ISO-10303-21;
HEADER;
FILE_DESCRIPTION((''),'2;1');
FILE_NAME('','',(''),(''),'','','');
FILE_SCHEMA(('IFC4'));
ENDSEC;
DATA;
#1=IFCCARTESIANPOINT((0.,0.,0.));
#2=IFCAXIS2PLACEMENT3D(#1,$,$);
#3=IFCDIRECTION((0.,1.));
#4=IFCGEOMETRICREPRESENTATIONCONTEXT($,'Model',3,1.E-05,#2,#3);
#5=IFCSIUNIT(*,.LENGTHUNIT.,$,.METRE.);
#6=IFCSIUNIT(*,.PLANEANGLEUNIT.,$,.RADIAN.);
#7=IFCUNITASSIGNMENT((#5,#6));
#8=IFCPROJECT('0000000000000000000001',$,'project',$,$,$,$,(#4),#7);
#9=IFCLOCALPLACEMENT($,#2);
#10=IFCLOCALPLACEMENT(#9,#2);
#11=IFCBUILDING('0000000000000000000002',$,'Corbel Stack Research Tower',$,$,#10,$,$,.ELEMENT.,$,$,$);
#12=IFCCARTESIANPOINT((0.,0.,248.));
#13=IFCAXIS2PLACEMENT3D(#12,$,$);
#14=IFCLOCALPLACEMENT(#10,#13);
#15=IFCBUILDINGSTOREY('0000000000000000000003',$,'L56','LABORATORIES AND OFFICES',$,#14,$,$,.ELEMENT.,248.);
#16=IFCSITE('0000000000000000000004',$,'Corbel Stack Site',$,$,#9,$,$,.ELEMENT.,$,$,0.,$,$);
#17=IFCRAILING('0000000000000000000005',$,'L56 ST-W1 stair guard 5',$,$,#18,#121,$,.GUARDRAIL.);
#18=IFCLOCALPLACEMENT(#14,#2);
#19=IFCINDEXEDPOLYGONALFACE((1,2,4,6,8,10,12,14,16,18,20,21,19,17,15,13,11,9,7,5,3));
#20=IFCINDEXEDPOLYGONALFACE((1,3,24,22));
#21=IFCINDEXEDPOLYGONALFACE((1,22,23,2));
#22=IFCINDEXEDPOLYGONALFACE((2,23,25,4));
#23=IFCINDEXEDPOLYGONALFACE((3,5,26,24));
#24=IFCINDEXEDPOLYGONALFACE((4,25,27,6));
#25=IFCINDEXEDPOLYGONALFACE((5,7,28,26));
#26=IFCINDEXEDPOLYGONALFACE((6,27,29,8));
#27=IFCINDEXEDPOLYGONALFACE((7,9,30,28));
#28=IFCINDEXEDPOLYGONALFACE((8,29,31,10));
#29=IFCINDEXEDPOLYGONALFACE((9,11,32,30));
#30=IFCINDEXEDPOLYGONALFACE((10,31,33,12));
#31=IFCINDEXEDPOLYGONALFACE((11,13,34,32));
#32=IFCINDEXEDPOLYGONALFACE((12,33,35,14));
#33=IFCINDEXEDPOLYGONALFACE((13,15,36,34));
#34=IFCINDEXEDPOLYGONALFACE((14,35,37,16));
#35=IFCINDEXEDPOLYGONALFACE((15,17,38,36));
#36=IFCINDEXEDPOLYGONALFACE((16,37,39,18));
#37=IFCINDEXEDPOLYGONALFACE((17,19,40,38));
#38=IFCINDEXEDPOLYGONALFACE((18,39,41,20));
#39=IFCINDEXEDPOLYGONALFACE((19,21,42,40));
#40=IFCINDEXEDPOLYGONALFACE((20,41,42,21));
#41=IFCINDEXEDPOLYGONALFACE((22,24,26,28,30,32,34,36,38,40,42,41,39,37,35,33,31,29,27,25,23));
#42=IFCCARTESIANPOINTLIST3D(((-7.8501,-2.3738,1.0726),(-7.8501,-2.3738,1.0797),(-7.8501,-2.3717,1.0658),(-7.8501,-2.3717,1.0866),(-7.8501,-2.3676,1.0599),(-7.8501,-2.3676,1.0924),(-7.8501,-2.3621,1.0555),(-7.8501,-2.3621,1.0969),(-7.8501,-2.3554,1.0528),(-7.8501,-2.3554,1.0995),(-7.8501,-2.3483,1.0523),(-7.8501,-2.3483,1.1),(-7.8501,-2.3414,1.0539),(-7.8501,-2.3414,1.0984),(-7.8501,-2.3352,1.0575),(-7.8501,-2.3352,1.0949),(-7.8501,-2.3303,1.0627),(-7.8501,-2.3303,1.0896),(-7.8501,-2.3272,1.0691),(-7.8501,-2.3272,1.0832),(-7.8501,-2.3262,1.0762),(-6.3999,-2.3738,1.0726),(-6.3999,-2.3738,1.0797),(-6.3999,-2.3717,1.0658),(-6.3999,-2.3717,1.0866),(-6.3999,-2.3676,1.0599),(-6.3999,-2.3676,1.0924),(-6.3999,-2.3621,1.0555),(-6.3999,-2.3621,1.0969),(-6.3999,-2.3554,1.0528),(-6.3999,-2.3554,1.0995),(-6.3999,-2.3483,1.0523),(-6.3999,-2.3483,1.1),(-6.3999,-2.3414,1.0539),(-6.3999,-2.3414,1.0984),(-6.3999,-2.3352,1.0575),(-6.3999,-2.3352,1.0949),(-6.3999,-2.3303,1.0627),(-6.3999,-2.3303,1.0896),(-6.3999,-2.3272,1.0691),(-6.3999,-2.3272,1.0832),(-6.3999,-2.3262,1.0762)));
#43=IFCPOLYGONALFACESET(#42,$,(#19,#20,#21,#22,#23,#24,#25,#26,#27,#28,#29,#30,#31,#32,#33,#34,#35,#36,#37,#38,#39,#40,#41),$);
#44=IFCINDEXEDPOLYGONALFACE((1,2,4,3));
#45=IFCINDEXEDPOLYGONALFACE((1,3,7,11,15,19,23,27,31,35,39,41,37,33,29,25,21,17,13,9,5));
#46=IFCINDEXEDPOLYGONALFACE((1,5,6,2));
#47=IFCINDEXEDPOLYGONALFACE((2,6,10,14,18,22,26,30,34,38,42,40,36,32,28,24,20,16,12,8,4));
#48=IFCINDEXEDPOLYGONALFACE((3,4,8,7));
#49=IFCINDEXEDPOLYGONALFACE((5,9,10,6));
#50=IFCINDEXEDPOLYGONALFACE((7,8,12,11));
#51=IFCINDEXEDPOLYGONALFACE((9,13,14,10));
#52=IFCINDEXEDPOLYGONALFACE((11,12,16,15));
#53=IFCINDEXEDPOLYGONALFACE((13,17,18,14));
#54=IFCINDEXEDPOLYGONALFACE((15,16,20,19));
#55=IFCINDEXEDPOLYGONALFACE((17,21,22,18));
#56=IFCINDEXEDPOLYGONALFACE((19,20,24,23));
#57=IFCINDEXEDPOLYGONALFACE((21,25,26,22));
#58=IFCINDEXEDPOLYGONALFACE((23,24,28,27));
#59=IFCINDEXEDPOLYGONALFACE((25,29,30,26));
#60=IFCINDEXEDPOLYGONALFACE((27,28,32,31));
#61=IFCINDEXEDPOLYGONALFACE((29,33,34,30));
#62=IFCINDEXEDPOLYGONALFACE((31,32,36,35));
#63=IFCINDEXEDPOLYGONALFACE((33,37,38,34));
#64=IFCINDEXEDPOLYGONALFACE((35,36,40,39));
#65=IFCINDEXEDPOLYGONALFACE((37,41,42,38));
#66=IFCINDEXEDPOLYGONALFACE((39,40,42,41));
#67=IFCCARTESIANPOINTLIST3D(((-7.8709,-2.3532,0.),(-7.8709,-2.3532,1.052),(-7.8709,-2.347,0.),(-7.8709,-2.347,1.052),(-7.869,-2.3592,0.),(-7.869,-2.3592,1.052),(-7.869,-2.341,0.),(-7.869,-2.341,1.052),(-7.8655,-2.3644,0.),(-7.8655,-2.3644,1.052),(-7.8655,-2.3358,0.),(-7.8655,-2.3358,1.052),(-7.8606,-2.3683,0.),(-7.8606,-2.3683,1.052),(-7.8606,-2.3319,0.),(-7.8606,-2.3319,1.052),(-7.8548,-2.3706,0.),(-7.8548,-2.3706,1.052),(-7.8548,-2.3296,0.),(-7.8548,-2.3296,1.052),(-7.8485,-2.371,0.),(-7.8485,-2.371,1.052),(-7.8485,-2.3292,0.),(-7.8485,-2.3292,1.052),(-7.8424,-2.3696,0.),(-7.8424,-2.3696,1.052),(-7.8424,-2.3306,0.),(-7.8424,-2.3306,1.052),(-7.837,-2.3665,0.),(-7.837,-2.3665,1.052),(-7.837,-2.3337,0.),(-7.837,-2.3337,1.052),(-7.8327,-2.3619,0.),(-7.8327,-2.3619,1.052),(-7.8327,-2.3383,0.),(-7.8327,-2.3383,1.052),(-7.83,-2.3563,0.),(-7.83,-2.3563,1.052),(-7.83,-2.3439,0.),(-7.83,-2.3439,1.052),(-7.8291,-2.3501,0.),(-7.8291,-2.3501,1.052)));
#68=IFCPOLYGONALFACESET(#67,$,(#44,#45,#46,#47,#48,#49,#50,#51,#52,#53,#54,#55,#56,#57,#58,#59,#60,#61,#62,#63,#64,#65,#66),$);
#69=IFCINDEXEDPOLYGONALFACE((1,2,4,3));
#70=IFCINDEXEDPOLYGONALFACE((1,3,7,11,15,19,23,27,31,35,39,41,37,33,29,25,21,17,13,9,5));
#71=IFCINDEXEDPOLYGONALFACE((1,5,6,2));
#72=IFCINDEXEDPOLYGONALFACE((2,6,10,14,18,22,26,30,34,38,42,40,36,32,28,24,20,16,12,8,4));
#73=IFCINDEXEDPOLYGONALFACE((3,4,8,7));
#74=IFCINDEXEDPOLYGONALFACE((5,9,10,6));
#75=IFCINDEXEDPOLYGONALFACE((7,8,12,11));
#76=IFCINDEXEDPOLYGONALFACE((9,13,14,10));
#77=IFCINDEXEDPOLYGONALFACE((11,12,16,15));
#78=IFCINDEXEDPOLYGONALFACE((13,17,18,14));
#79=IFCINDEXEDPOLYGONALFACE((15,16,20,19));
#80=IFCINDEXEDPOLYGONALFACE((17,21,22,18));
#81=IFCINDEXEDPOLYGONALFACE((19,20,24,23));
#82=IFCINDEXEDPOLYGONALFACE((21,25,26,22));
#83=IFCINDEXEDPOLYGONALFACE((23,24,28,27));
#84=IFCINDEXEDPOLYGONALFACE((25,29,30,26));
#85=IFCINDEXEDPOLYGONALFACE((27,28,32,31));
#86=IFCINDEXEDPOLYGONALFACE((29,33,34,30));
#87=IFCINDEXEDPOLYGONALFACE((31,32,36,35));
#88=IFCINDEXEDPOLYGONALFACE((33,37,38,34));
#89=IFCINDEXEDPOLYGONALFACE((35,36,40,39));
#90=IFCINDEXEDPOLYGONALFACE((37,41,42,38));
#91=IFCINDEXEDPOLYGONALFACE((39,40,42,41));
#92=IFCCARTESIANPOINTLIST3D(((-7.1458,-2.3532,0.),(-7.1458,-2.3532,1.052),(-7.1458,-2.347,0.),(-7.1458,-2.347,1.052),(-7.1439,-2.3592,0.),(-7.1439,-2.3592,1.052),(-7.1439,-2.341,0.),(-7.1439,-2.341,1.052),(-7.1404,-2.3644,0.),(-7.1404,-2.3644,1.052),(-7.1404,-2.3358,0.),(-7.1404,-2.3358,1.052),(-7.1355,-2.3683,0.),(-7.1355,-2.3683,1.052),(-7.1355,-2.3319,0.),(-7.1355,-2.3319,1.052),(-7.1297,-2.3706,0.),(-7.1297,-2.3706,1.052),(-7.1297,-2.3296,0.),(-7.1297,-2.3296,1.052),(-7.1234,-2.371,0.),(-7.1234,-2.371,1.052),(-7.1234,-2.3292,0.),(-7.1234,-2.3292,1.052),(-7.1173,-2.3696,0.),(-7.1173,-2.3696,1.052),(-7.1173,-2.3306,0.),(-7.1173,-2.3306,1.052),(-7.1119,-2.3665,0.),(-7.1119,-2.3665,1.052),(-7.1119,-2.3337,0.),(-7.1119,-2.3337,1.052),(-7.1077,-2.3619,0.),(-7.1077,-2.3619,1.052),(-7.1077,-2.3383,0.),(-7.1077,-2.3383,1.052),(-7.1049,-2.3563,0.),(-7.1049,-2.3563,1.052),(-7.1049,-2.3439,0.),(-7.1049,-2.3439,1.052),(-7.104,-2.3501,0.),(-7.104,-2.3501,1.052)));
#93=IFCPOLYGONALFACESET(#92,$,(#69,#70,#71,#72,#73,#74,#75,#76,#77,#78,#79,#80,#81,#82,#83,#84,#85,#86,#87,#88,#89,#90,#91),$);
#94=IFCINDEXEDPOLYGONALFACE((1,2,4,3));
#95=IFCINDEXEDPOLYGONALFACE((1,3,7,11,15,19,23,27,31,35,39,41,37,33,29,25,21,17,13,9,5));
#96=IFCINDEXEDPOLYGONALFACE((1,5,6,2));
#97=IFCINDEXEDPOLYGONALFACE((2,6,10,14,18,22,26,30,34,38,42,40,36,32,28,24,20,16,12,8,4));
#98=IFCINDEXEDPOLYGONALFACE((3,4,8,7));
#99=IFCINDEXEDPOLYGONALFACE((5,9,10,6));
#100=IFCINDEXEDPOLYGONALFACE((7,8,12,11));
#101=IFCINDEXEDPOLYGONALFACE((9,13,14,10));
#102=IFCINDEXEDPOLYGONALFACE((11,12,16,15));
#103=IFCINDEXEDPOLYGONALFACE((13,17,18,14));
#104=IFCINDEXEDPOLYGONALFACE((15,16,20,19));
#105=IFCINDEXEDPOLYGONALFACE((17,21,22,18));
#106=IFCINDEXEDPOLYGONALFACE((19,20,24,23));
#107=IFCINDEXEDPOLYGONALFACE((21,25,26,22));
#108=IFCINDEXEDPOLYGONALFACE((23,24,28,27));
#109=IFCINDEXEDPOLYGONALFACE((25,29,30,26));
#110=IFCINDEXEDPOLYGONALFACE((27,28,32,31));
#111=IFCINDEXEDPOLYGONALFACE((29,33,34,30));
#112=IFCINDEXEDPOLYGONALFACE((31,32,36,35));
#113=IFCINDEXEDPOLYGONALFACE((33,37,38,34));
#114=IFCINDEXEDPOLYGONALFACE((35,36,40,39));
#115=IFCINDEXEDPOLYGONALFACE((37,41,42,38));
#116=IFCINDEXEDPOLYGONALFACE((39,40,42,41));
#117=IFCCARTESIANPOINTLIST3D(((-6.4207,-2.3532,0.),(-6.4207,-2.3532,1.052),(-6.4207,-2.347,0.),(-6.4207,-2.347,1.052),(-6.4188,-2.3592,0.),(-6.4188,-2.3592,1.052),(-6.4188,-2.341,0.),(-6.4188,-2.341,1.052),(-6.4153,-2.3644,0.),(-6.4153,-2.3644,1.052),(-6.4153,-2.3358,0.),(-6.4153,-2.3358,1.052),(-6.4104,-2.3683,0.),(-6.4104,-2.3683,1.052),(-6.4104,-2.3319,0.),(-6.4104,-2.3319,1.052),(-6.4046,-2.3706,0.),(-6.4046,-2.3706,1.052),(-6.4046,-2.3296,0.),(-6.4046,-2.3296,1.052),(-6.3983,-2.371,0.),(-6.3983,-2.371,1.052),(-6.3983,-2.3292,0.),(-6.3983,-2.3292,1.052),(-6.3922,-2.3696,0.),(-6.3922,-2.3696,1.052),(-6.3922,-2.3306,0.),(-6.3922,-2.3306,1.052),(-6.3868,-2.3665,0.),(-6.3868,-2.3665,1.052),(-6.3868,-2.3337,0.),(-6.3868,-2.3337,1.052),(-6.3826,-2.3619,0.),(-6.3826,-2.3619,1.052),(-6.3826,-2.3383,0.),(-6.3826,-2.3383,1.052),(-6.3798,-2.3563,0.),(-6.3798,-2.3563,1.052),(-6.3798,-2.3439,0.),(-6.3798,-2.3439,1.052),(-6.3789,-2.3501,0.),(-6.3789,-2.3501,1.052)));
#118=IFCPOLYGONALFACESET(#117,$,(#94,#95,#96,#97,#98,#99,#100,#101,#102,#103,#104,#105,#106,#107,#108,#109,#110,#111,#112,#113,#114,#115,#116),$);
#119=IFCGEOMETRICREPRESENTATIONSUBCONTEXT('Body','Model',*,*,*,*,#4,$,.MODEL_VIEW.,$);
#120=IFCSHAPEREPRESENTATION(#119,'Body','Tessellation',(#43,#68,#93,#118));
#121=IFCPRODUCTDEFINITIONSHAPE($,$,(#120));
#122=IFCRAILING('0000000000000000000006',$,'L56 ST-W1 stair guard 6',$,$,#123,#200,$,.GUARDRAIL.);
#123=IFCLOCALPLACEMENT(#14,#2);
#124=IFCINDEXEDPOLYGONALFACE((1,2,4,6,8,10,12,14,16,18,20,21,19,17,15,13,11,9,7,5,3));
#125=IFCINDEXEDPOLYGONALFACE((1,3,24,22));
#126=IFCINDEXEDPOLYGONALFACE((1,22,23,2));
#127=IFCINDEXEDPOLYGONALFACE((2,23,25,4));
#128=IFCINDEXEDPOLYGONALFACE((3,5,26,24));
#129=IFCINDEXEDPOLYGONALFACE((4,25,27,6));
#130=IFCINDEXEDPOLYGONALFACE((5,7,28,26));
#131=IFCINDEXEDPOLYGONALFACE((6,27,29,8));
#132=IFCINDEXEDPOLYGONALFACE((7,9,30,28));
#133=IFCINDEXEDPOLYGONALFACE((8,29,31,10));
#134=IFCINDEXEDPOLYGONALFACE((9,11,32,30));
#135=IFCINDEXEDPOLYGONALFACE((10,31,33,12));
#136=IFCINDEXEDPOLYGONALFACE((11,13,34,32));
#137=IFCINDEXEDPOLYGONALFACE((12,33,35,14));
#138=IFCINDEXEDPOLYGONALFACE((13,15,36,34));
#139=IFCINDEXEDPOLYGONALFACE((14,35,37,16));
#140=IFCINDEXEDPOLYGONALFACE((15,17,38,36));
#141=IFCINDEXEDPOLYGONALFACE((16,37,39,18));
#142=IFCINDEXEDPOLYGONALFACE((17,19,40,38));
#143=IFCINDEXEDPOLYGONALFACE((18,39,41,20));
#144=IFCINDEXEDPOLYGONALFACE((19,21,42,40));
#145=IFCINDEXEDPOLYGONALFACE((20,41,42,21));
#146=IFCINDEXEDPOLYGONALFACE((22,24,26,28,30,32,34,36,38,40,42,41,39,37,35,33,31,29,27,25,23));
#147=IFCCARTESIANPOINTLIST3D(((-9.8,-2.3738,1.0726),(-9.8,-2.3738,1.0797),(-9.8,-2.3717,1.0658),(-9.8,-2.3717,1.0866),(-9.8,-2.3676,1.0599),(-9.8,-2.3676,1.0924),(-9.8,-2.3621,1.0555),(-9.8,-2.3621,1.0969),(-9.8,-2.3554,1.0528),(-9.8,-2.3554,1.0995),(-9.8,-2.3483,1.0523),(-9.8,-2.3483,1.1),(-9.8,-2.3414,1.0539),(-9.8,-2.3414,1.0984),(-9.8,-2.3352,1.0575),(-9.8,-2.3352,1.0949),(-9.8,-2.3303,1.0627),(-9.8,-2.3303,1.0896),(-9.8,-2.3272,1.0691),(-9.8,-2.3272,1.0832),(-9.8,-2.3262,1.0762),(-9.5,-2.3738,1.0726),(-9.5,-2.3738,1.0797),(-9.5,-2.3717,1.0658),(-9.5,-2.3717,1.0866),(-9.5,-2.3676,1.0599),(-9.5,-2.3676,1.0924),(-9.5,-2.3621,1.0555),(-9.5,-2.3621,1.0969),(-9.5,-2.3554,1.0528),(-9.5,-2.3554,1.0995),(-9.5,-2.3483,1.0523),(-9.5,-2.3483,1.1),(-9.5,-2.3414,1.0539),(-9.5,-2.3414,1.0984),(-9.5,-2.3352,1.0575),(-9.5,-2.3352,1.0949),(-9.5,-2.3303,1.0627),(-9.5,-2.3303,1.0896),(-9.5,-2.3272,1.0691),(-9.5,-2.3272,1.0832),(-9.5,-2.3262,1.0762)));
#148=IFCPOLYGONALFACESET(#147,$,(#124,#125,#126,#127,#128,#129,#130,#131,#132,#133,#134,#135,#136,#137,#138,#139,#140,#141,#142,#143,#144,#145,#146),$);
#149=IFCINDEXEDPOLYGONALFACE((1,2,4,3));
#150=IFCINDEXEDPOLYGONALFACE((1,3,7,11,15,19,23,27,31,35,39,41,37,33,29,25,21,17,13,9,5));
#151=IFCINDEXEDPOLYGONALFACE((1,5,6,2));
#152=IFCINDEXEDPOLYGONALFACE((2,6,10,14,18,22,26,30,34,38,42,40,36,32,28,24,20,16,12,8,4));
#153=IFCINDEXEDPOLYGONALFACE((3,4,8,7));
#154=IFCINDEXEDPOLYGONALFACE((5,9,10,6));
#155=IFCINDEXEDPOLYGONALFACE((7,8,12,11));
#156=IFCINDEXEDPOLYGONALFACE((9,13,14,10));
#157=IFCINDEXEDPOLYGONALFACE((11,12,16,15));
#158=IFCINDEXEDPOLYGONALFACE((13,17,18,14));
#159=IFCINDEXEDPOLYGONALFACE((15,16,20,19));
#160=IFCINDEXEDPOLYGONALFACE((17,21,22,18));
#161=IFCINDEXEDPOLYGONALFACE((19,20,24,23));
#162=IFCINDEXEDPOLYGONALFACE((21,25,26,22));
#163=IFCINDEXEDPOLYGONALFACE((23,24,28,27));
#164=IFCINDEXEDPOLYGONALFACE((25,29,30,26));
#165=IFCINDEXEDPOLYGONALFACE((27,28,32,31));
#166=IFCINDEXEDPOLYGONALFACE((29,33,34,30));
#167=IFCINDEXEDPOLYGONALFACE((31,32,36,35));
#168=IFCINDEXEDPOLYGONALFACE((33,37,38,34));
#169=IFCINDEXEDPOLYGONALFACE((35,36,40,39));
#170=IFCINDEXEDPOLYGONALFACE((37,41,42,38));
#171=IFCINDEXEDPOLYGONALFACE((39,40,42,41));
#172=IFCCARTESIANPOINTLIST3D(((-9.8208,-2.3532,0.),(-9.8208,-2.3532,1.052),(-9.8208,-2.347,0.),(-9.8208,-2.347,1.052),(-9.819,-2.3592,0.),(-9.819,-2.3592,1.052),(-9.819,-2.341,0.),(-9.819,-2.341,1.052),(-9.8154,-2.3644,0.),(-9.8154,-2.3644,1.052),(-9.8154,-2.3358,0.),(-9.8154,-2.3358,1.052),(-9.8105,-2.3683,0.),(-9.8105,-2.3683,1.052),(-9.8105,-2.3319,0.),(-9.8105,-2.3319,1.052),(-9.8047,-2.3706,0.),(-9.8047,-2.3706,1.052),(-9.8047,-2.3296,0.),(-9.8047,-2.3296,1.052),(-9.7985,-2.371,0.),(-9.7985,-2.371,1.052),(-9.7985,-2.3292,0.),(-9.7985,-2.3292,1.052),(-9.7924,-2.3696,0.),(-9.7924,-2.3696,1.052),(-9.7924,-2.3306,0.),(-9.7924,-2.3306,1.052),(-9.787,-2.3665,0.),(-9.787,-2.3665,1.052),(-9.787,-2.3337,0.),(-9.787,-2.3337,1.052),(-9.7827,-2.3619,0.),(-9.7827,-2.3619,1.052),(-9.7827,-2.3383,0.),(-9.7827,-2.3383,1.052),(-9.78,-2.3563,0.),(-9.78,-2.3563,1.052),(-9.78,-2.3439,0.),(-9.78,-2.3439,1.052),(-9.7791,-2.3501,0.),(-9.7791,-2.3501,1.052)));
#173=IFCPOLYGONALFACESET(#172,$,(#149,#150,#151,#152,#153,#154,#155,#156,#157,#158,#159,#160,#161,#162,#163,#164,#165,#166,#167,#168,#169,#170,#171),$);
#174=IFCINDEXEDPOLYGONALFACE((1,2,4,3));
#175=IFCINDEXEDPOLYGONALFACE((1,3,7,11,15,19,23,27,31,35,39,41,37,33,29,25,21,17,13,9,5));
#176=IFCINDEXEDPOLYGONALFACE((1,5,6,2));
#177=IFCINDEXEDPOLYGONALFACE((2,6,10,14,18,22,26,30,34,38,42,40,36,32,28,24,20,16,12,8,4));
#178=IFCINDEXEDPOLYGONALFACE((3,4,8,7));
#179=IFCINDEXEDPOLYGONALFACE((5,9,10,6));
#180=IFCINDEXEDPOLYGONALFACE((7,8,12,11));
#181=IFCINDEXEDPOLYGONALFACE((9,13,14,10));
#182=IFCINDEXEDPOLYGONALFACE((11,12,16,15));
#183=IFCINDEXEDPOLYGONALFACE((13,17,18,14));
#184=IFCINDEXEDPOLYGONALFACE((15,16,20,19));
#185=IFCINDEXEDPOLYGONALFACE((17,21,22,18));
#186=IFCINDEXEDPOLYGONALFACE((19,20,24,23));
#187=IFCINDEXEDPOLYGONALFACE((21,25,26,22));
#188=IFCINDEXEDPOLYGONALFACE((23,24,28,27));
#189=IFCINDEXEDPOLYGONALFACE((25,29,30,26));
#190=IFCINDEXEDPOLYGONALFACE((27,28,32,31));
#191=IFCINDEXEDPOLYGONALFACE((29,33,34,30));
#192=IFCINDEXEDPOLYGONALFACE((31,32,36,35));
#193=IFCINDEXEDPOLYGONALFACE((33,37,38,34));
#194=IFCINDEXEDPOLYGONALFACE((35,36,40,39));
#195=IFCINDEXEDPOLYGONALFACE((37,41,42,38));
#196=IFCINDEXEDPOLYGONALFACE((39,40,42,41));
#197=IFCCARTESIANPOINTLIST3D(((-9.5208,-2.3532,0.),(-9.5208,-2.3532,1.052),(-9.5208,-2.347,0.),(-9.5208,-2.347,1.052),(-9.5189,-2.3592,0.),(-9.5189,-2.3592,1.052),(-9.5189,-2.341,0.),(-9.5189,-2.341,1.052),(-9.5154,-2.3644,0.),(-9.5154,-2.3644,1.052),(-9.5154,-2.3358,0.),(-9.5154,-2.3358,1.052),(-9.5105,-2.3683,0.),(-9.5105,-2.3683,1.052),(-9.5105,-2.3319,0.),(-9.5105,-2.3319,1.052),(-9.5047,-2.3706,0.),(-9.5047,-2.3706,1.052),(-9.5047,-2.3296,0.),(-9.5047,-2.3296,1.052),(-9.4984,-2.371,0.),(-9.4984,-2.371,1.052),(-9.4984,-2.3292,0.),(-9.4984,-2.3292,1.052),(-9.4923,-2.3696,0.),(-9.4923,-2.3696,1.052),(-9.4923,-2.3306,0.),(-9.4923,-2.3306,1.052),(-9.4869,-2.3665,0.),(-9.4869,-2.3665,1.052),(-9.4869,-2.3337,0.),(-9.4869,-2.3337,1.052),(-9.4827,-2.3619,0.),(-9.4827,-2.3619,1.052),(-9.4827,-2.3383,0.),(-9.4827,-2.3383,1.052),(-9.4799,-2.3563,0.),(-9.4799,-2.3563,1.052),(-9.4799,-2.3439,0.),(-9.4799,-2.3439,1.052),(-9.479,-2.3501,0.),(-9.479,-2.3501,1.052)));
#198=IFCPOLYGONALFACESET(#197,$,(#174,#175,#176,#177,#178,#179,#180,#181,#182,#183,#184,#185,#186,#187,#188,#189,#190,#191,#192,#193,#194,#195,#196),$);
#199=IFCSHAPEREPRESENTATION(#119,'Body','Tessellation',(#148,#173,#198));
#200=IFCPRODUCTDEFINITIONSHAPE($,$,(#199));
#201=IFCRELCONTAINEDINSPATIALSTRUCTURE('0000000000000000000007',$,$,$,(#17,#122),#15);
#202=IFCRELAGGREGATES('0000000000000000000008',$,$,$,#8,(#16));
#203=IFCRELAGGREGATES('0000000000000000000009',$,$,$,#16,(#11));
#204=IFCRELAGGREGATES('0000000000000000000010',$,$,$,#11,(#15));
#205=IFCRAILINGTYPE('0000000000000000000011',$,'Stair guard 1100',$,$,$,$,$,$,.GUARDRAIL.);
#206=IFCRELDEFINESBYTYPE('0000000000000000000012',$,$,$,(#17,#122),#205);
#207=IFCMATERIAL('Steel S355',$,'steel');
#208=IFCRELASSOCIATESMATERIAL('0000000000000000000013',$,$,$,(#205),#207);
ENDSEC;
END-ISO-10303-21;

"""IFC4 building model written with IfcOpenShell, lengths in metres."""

from ifc_helpers import new_model, si_unit, direction, frame, origin, origin_2d, place, context, subcontext, project, spatial, circle, extrude, material, type_object, element, save


model = new_model("IFC4")

# Units and contexts
model_context = context("Model", 3, precision=1e-05, world=origin(), true_north=direction((0.0, 1.0)))
body_context = subcontext(model_context, "Body", "Model", "MODEL_VIEW")
ifc_project = project(units=[si_unit("LENGTHUNIT", "METRE"), si_unit("PLANEANGLEUNIT", "RADIAN")], contexts=[model_context])

# Site, building, storey
site_placement = place(None, origin())
site = spatial("IfcSite", under=ifc_project, at=site_placement, Name="Corbel Stack Site", CompositionType="ELEMENT", RefElevation=0.0)
building_placement = place(site_placement, origin())
building = spatial("IfcBuilding", under=site, at=building_placement, Name="Corbel Stack Research Tower", CompositionType="ELEMENT")
storey_placement = place(building_placement, frame((0.0, 0.0, 248.0)))
storey = spatial("IfcBuildingStorey", under=building, at=storey_placement, Name="L56", Description="LABORATORIES AND OFFICES", CompositionType="ELEMENT", Elevation=248.0)

# Railings
ifc_material_1 = material(Name="Steel S355", Category="steel")
railing_type_1 = type_object("IfcRailingType", Name="Stair guard 1100", PredefinedType="GUARDRAIL", material=ifc_material_1)
railing_1_placement = place(storey_placement, frame((-7.8501, -2.3501, 0.0)))
element("IfcRailing", 1, at=railing_1_placement, inside=storey, type_object=railing_type_1, Name="L56 ST-W1 stair guard 5", PredefinedType="GUARDRAIL", context=body_context, shape_type="SweptSolid", body=[
    extrude(circle(Radius=0.0239, at=origin_2d()), frame((0.0, 0.0, 1.0762), z_axis=(1.0, 0.0, 0.0), x_axis=(0.0, 1.0, 0.0)), (0.0, 0.0, 1.0), 1.4502),
    extrude(circle(Radius=0.021, at=origin_2d()), origin(), (0.0, 0.0, 1.0), 1.052),
    extrude(circle(Radius=0.021, at=origin_2d()), frame((0.7251, 0.0, 0.0)), (0.0, 0.0, 1.0), 1.052),
    extrude(circle(Radius=0.021, at=origin_2d()), frame((1.4502, 0.0, 0.0)), (0.0, 0.0, 1.0), 1.052),
])
railing_2_placement = place(storey_placement, frame((-9.8, -2.3501, 0.0)))
element("IfcRailing", 2, at=railing_2_placement, inside=storey, type_object=railing_type_1, Name="L56 ST-W1 stair guard 6", PredefinedType="GUARDRAIL", context=body_context, shape_type="SweptSolid", body=[
    extrude(circle(Radius=0.0239, at=origin_2d()), frame((0.0, 0.0, 1.0762), z_axis=(1.0, 0.0, 0.0), x_axis=(0.0, 1.0, 0.0)), (0.0, 0.0, 1.0), 0.3),
    extrude(circle(Radius=0.021, at=origin_2d()), origin(), (0.0, 0.0, 1.0), 1.052),
    extrude(circle(Radius=0.021, at=origin_2d()), frame((0.3, 0.0, 0.0)), (0.0, 0.0, 1.0), 1.052),
])

save(model, "model.ifc")
